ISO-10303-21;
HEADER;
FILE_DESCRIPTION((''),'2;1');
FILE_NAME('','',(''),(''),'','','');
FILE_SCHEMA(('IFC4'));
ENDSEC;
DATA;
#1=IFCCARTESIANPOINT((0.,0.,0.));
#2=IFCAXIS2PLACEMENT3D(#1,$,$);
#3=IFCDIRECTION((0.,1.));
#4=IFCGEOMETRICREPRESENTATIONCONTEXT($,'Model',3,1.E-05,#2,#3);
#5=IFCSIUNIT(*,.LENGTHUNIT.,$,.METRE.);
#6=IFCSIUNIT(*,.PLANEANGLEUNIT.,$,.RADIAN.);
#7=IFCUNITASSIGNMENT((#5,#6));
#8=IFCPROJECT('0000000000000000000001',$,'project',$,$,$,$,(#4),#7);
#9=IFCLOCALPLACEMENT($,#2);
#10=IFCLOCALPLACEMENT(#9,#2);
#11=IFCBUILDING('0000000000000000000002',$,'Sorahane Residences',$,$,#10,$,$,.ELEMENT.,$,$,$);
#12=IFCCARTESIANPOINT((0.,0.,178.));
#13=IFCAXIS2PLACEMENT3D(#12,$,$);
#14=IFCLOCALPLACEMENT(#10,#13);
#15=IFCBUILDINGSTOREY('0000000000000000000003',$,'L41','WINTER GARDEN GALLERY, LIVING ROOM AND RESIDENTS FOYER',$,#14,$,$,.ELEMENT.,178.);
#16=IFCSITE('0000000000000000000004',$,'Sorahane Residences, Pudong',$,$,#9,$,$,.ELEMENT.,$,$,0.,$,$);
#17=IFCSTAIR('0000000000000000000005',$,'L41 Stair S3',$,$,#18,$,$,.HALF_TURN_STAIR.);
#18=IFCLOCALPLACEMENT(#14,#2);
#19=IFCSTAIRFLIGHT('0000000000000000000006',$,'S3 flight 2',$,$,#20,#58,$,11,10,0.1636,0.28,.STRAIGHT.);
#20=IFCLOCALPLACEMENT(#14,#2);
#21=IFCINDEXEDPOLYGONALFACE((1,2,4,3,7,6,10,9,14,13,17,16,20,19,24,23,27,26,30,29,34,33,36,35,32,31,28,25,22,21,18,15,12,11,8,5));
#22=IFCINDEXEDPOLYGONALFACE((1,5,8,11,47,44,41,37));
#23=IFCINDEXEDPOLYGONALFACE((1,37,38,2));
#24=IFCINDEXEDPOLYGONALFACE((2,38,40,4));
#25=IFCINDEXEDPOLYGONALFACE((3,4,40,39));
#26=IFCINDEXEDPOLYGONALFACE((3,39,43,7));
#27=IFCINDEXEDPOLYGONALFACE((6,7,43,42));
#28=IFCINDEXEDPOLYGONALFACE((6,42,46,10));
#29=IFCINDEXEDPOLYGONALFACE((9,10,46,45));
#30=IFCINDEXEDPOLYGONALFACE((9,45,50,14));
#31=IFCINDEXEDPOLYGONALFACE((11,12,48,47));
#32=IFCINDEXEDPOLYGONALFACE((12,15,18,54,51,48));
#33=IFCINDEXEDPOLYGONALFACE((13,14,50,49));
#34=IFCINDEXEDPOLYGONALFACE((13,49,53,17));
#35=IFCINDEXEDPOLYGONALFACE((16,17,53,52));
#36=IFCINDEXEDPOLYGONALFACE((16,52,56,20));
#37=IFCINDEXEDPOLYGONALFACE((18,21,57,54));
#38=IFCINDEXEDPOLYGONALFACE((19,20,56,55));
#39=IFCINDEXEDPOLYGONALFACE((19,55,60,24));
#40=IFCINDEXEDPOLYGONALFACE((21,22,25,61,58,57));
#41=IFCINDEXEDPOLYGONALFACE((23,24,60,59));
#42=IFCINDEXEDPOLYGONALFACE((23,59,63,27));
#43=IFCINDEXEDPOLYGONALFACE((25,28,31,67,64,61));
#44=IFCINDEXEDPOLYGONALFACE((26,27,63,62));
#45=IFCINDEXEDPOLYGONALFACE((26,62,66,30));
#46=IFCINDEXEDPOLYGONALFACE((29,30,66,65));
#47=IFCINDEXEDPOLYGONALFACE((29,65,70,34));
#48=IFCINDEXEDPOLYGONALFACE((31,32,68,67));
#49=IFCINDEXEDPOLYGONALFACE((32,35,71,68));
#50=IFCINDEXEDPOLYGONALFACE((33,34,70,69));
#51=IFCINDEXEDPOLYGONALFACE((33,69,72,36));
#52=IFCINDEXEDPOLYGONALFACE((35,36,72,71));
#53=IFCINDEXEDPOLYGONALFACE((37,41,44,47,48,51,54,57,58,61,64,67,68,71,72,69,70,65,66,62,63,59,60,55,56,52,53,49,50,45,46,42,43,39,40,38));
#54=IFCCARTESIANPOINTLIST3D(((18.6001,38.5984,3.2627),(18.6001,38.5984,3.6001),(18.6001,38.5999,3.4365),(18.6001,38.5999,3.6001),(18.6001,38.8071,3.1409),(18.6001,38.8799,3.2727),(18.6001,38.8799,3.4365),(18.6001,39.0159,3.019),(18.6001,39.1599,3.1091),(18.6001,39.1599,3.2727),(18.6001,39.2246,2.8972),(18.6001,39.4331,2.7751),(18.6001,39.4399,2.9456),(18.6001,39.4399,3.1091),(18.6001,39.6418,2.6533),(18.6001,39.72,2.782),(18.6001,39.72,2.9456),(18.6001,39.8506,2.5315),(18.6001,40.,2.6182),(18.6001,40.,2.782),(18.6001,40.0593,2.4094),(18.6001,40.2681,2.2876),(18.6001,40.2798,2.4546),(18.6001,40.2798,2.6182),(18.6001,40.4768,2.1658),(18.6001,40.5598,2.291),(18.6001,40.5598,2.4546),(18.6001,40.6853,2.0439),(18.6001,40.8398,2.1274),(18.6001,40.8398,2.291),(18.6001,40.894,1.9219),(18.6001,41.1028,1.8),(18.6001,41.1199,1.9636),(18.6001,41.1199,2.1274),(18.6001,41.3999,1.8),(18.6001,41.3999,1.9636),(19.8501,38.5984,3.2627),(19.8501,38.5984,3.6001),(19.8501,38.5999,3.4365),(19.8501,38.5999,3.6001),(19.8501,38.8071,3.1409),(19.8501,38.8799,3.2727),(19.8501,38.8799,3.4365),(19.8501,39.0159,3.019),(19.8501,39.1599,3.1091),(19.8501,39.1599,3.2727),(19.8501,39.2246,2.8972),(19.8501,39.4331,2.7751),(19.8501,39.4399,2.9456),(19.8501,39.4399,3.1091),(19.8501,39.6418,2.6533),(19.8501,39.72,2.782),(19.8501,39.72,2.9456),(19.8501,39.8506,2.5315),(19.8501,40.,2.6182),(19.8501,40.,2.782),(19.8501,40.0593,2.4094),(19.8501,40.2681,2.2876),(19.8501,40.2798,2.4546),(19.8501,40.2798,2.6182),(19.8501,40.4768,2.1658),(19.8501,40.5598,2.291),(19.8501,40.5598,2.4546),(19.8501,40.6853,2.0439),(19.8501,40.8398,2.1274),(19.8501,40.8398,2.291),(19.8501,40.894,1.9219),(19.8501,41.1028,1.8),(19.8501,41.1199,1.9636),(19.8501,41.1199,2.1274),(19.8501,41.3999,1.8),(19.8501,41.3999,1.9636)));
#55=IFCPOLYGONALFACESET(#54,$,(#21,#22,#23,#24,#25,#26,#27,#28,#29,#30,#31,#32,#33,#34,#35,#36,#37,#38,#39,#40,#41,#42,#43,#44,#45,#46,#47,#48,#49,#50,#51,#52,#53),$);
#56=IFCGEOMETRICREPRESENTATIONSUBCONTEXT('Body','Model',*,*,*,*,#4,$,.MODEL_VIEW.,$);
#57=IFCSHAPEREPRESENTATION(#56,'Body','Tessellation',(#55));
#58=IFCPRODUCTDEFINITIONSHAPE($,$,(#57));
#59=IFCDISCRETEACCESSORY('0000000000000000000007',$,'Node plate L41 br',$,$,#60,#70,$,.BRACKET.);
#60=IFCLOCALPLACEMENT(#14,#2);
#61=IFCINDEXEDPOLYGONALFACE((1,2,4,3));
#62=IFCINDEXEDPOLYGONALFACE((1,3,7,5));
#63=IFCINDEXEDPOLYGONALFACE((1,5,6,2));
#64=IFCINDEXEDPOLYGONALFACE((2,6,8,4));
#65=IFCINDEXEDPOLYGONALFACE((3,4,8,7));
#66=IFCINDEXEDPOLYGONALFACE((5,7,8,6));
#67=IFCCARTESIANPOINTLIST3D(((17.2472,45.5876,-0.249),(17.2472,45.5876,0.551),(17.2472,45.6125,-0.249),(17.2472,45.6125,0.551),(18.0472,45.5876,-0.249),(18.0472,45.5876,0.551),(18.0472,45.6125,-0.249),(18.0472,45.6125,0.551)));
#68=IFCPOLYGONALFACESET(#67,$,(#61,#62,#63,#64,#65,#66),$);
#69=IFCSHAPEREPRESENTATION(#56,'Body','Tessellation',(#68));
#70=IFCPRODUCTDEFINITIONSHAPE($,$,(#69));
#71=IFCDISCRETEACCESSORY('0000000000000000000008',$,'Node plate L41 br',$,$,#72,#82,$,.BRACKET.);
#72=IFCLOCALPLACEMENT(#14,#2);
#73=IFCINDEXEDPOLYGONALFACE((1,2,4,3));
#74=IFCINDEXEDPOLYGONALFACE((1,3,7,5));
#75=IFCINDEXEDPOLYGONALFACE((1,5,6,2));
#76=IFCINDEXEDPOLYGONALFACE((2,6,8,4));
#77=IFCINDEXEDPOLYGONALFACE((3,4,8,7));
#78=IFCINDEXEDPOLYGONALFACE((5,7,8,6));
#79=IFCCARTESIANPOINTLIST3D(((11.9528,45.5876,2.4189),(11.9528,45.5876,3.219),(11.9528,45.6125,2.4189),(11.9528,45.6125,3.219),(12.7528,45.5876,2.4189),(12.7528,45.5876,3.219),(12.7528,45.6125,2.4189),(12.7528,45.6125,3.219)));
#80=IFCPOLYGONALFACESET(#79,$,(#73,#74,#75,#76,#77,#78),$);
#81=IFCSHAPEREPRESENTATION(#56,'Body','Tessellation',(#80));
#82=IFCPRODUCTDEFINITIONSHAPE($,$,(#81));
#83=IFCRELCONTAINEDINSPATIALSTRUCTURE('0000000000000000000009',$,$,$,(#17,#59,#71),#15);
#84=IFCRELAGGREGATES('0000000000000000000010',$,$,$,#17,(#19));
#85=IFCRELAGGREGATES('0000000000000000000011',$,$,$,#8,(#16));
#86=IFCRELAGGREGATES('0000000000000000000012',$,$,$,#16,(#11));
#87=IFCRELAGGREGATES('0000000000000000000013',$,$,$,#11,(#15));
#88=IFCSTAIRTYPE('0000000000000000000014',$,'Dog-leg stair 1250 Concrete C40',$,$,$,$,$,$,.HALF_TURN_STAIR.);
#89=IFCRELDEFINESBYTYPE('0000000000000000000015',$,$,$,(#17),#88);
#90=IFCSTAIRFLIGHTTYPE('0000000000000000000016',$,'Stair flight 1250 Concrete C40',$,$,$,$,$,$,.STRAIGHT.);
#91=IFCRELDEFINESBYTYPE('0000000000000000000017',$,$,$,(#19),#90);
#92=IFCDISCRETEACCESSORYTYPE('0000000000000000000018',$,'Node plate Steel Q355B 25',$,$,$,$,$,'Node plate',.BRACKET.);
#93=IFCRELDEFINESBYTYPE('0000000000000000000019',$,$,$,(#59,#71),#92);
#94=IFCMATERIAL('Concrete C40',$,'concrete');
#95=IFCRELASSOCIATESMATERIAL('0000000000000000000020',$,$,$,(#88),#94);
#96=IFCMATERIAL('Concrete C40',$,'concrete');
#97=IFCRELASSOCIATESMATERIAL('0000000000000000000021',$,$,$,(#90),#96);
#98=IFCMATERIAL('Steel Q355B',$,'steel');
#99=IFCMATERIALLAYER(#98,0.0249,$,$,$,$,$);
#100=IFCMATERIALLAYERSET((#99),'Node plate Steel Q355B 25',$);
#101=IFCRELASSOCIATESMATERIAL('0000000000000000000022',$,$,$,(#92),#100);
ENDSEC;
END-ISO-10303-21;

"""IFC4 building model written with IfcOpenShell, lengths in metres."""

from ifc_helpers import new_model, si_unit, direction, frame, origin, origin_2d, place, context, subcontext, project, spatial, polyline, rectangle, outline, extrude, material, layer, layer_set, type_object, element, aggregate, save


model = new_model("IFC4")

# Units and contexts
model_context = context("Model", 3, precision=1e-05, world=origin(), true_north=direction((0.0, 1.0)))
body_context = subcontext(model_context, "Body", "Model", "MODEL_VIEW")
ifc_project = project(units=[si_unit("LENGTHUNIT", "METRE"), si_unit("PLANEANGLEUNIT", "RADIAN")], contexts=[model_context])

# Site, building, storey
site_placement = place(None, origin())
site = spatial("IfcSite", under=ifc_project, at=site_placement, Name="Sorahane Residences, Pudong", CompositionType="ELEMENT", RefElevation=0.0)
building_placement = place(site_placement, origin())
building = spatial("IfcBuilding", under=site, at=building_placement, Name="Sorahane Residences", CompositionType="ELEMENT")
storey_placement = place(building_placement, frame((0.0, 0.0, 178.0)))
storey = spatial("IfcBuildingStorey", under=building, at=storey_placement, Name="L41", Description="WINTER GARDEN GALLERY, LIVING ROOM AND RESIDENTS FOYER", CompositionType="ELEMENT", Elevation=178.0)

# Stair, stair flight
ifc_material_1 = material(Name="Concrete C40", Category="concrete")
stair_type = type_object("IfcStairType", Name="Dog-leg stair 1250 Concrete C40", PredefinedType="HALF_TURN_STAIR", material=ifc_material_1)
ifc_material_2 = material(Name="Concrete C40", Category="concrete")
stair_flight_type = type_object("IfcStairFlightType", Name="Stair flight 1250 Concrete C40", PredefinedType="STRAIGHT", material=ifc_material_2)
stair_1_placement = place(storey_placement, origin())
stair_1 = element("IfcStair", 1, at=stair_1_placement, inside=storey, type_object=stair_type, Name="L41 Stair S3", PredefinedType="HALF_TURN_STAIR")
stair_flight_1_placement = place(storey_placement, frame((19.2251, 41.3999, 1.8), z_axis=(0.0, 0.0, 1.0), x_axis=(0.0, -1.0, 0.0)))
stair_flight_1 = element("IfcStairFlight", 2, at=stair_flight_1_placement, type_object=stair_flight_type, Name="S3 flight 2", NumberOfRisers=11, NumberOfTreads=10, PredefinedType="STRAIGHT", RiserHeight=0.1636, TreadLength=0.28, context=body_context, shape_type="SweptSolid", body=[
    extrude(outline(polyline([(0.0, 0.0), (0.0, 0.1636), (0.28, 0.1636), (0.28, 0.3274), (0.5601, 0.3274), (0.5601, 0.491), (0.8401, 0.491), (0.8401, 0.6545), (1.1201, 0.6545), (1.1201, 0.8181), (1.3999, 0.8181), (1.3999, 0.9819), (1.6799, 0.9819), (1.6799, 1.1455), (1.96, 1.1455), (1.96, 1.3091), (2.24, 1.3091), (2.24, 1.4727), (2.52, 1.4727), (2.52, 1.6365), (2.8, 1.6365), (2.8, 1.8), (2.8015, 1.8), (2.8015, 1.4626), (2.5928, 1.3408), (2.384, 1.219), (2.1753, 1.0972), (1.9668, 0.9751), (1.7581, 0.8533), (1.5493, 0.7314), (1.3406, 0.6094), (1.1318, 0.4875), (0.9231, 0.3657), (0.7146, 0.2439), (0.5059, 0.1218), (0.2971, 0.0), (0.0, 0.0)])), frame((0.0, 0.625, 0.0), z_axis=(0.0, -1.0, 0.0), x_axis=(1.0, 0.0, 0.0)), (0.0, 0.0, 1.0), 1.25),
])
aggregate(stair_1, [stair_flight_1])

# Discrete accessories
ifc_material_3 = material(Name="Steel Q355B", Category="steel")
ifc_layer_1 = layer(ifc_material_3, 0.0249)
ifc_layer_set_1 = layer_set([ifc_layer_1], Name="Node plate Steel Q355B 25")
discrete_accessory_type = type_object("IfcDiscreteAccessoryType", Name="Node plate Steel Q355B 25", ElementType="Node plate", PredefinedType="BRACKET", material=ifc_layer_set_1)
for number, where, z_axis, x_axis, name in (
    (3, (17.6472, 45.6001, -0.249), (0.0, 0.0, 1.0), (1.0, 0.0, 0.0), "Node plate L41 br"),
    (4, (12.3528, 45.6001, 2.4189), (0.0, 0.0, 1.0), (1.0, 0.0, 0.0), "Node plate L41 br"),
):
    element("IfcDiscreteAccessory", number, at=place(storey_placement, frame(where, z_axis=z_axis, x_axis=x_axis)), inside=storey, type_object=discrete_accessory_type, Name=name, PredefinedType="BRACKET", context=body_context, shape_type="SweptSolid", body=[
        extrude(rectangle(XDim=0.8, YDim=0.0249, at=origin_2d()), origin(), (0.0, 0.0, 1.0), 0.8),
    ])

save(model, "model.ifc")
